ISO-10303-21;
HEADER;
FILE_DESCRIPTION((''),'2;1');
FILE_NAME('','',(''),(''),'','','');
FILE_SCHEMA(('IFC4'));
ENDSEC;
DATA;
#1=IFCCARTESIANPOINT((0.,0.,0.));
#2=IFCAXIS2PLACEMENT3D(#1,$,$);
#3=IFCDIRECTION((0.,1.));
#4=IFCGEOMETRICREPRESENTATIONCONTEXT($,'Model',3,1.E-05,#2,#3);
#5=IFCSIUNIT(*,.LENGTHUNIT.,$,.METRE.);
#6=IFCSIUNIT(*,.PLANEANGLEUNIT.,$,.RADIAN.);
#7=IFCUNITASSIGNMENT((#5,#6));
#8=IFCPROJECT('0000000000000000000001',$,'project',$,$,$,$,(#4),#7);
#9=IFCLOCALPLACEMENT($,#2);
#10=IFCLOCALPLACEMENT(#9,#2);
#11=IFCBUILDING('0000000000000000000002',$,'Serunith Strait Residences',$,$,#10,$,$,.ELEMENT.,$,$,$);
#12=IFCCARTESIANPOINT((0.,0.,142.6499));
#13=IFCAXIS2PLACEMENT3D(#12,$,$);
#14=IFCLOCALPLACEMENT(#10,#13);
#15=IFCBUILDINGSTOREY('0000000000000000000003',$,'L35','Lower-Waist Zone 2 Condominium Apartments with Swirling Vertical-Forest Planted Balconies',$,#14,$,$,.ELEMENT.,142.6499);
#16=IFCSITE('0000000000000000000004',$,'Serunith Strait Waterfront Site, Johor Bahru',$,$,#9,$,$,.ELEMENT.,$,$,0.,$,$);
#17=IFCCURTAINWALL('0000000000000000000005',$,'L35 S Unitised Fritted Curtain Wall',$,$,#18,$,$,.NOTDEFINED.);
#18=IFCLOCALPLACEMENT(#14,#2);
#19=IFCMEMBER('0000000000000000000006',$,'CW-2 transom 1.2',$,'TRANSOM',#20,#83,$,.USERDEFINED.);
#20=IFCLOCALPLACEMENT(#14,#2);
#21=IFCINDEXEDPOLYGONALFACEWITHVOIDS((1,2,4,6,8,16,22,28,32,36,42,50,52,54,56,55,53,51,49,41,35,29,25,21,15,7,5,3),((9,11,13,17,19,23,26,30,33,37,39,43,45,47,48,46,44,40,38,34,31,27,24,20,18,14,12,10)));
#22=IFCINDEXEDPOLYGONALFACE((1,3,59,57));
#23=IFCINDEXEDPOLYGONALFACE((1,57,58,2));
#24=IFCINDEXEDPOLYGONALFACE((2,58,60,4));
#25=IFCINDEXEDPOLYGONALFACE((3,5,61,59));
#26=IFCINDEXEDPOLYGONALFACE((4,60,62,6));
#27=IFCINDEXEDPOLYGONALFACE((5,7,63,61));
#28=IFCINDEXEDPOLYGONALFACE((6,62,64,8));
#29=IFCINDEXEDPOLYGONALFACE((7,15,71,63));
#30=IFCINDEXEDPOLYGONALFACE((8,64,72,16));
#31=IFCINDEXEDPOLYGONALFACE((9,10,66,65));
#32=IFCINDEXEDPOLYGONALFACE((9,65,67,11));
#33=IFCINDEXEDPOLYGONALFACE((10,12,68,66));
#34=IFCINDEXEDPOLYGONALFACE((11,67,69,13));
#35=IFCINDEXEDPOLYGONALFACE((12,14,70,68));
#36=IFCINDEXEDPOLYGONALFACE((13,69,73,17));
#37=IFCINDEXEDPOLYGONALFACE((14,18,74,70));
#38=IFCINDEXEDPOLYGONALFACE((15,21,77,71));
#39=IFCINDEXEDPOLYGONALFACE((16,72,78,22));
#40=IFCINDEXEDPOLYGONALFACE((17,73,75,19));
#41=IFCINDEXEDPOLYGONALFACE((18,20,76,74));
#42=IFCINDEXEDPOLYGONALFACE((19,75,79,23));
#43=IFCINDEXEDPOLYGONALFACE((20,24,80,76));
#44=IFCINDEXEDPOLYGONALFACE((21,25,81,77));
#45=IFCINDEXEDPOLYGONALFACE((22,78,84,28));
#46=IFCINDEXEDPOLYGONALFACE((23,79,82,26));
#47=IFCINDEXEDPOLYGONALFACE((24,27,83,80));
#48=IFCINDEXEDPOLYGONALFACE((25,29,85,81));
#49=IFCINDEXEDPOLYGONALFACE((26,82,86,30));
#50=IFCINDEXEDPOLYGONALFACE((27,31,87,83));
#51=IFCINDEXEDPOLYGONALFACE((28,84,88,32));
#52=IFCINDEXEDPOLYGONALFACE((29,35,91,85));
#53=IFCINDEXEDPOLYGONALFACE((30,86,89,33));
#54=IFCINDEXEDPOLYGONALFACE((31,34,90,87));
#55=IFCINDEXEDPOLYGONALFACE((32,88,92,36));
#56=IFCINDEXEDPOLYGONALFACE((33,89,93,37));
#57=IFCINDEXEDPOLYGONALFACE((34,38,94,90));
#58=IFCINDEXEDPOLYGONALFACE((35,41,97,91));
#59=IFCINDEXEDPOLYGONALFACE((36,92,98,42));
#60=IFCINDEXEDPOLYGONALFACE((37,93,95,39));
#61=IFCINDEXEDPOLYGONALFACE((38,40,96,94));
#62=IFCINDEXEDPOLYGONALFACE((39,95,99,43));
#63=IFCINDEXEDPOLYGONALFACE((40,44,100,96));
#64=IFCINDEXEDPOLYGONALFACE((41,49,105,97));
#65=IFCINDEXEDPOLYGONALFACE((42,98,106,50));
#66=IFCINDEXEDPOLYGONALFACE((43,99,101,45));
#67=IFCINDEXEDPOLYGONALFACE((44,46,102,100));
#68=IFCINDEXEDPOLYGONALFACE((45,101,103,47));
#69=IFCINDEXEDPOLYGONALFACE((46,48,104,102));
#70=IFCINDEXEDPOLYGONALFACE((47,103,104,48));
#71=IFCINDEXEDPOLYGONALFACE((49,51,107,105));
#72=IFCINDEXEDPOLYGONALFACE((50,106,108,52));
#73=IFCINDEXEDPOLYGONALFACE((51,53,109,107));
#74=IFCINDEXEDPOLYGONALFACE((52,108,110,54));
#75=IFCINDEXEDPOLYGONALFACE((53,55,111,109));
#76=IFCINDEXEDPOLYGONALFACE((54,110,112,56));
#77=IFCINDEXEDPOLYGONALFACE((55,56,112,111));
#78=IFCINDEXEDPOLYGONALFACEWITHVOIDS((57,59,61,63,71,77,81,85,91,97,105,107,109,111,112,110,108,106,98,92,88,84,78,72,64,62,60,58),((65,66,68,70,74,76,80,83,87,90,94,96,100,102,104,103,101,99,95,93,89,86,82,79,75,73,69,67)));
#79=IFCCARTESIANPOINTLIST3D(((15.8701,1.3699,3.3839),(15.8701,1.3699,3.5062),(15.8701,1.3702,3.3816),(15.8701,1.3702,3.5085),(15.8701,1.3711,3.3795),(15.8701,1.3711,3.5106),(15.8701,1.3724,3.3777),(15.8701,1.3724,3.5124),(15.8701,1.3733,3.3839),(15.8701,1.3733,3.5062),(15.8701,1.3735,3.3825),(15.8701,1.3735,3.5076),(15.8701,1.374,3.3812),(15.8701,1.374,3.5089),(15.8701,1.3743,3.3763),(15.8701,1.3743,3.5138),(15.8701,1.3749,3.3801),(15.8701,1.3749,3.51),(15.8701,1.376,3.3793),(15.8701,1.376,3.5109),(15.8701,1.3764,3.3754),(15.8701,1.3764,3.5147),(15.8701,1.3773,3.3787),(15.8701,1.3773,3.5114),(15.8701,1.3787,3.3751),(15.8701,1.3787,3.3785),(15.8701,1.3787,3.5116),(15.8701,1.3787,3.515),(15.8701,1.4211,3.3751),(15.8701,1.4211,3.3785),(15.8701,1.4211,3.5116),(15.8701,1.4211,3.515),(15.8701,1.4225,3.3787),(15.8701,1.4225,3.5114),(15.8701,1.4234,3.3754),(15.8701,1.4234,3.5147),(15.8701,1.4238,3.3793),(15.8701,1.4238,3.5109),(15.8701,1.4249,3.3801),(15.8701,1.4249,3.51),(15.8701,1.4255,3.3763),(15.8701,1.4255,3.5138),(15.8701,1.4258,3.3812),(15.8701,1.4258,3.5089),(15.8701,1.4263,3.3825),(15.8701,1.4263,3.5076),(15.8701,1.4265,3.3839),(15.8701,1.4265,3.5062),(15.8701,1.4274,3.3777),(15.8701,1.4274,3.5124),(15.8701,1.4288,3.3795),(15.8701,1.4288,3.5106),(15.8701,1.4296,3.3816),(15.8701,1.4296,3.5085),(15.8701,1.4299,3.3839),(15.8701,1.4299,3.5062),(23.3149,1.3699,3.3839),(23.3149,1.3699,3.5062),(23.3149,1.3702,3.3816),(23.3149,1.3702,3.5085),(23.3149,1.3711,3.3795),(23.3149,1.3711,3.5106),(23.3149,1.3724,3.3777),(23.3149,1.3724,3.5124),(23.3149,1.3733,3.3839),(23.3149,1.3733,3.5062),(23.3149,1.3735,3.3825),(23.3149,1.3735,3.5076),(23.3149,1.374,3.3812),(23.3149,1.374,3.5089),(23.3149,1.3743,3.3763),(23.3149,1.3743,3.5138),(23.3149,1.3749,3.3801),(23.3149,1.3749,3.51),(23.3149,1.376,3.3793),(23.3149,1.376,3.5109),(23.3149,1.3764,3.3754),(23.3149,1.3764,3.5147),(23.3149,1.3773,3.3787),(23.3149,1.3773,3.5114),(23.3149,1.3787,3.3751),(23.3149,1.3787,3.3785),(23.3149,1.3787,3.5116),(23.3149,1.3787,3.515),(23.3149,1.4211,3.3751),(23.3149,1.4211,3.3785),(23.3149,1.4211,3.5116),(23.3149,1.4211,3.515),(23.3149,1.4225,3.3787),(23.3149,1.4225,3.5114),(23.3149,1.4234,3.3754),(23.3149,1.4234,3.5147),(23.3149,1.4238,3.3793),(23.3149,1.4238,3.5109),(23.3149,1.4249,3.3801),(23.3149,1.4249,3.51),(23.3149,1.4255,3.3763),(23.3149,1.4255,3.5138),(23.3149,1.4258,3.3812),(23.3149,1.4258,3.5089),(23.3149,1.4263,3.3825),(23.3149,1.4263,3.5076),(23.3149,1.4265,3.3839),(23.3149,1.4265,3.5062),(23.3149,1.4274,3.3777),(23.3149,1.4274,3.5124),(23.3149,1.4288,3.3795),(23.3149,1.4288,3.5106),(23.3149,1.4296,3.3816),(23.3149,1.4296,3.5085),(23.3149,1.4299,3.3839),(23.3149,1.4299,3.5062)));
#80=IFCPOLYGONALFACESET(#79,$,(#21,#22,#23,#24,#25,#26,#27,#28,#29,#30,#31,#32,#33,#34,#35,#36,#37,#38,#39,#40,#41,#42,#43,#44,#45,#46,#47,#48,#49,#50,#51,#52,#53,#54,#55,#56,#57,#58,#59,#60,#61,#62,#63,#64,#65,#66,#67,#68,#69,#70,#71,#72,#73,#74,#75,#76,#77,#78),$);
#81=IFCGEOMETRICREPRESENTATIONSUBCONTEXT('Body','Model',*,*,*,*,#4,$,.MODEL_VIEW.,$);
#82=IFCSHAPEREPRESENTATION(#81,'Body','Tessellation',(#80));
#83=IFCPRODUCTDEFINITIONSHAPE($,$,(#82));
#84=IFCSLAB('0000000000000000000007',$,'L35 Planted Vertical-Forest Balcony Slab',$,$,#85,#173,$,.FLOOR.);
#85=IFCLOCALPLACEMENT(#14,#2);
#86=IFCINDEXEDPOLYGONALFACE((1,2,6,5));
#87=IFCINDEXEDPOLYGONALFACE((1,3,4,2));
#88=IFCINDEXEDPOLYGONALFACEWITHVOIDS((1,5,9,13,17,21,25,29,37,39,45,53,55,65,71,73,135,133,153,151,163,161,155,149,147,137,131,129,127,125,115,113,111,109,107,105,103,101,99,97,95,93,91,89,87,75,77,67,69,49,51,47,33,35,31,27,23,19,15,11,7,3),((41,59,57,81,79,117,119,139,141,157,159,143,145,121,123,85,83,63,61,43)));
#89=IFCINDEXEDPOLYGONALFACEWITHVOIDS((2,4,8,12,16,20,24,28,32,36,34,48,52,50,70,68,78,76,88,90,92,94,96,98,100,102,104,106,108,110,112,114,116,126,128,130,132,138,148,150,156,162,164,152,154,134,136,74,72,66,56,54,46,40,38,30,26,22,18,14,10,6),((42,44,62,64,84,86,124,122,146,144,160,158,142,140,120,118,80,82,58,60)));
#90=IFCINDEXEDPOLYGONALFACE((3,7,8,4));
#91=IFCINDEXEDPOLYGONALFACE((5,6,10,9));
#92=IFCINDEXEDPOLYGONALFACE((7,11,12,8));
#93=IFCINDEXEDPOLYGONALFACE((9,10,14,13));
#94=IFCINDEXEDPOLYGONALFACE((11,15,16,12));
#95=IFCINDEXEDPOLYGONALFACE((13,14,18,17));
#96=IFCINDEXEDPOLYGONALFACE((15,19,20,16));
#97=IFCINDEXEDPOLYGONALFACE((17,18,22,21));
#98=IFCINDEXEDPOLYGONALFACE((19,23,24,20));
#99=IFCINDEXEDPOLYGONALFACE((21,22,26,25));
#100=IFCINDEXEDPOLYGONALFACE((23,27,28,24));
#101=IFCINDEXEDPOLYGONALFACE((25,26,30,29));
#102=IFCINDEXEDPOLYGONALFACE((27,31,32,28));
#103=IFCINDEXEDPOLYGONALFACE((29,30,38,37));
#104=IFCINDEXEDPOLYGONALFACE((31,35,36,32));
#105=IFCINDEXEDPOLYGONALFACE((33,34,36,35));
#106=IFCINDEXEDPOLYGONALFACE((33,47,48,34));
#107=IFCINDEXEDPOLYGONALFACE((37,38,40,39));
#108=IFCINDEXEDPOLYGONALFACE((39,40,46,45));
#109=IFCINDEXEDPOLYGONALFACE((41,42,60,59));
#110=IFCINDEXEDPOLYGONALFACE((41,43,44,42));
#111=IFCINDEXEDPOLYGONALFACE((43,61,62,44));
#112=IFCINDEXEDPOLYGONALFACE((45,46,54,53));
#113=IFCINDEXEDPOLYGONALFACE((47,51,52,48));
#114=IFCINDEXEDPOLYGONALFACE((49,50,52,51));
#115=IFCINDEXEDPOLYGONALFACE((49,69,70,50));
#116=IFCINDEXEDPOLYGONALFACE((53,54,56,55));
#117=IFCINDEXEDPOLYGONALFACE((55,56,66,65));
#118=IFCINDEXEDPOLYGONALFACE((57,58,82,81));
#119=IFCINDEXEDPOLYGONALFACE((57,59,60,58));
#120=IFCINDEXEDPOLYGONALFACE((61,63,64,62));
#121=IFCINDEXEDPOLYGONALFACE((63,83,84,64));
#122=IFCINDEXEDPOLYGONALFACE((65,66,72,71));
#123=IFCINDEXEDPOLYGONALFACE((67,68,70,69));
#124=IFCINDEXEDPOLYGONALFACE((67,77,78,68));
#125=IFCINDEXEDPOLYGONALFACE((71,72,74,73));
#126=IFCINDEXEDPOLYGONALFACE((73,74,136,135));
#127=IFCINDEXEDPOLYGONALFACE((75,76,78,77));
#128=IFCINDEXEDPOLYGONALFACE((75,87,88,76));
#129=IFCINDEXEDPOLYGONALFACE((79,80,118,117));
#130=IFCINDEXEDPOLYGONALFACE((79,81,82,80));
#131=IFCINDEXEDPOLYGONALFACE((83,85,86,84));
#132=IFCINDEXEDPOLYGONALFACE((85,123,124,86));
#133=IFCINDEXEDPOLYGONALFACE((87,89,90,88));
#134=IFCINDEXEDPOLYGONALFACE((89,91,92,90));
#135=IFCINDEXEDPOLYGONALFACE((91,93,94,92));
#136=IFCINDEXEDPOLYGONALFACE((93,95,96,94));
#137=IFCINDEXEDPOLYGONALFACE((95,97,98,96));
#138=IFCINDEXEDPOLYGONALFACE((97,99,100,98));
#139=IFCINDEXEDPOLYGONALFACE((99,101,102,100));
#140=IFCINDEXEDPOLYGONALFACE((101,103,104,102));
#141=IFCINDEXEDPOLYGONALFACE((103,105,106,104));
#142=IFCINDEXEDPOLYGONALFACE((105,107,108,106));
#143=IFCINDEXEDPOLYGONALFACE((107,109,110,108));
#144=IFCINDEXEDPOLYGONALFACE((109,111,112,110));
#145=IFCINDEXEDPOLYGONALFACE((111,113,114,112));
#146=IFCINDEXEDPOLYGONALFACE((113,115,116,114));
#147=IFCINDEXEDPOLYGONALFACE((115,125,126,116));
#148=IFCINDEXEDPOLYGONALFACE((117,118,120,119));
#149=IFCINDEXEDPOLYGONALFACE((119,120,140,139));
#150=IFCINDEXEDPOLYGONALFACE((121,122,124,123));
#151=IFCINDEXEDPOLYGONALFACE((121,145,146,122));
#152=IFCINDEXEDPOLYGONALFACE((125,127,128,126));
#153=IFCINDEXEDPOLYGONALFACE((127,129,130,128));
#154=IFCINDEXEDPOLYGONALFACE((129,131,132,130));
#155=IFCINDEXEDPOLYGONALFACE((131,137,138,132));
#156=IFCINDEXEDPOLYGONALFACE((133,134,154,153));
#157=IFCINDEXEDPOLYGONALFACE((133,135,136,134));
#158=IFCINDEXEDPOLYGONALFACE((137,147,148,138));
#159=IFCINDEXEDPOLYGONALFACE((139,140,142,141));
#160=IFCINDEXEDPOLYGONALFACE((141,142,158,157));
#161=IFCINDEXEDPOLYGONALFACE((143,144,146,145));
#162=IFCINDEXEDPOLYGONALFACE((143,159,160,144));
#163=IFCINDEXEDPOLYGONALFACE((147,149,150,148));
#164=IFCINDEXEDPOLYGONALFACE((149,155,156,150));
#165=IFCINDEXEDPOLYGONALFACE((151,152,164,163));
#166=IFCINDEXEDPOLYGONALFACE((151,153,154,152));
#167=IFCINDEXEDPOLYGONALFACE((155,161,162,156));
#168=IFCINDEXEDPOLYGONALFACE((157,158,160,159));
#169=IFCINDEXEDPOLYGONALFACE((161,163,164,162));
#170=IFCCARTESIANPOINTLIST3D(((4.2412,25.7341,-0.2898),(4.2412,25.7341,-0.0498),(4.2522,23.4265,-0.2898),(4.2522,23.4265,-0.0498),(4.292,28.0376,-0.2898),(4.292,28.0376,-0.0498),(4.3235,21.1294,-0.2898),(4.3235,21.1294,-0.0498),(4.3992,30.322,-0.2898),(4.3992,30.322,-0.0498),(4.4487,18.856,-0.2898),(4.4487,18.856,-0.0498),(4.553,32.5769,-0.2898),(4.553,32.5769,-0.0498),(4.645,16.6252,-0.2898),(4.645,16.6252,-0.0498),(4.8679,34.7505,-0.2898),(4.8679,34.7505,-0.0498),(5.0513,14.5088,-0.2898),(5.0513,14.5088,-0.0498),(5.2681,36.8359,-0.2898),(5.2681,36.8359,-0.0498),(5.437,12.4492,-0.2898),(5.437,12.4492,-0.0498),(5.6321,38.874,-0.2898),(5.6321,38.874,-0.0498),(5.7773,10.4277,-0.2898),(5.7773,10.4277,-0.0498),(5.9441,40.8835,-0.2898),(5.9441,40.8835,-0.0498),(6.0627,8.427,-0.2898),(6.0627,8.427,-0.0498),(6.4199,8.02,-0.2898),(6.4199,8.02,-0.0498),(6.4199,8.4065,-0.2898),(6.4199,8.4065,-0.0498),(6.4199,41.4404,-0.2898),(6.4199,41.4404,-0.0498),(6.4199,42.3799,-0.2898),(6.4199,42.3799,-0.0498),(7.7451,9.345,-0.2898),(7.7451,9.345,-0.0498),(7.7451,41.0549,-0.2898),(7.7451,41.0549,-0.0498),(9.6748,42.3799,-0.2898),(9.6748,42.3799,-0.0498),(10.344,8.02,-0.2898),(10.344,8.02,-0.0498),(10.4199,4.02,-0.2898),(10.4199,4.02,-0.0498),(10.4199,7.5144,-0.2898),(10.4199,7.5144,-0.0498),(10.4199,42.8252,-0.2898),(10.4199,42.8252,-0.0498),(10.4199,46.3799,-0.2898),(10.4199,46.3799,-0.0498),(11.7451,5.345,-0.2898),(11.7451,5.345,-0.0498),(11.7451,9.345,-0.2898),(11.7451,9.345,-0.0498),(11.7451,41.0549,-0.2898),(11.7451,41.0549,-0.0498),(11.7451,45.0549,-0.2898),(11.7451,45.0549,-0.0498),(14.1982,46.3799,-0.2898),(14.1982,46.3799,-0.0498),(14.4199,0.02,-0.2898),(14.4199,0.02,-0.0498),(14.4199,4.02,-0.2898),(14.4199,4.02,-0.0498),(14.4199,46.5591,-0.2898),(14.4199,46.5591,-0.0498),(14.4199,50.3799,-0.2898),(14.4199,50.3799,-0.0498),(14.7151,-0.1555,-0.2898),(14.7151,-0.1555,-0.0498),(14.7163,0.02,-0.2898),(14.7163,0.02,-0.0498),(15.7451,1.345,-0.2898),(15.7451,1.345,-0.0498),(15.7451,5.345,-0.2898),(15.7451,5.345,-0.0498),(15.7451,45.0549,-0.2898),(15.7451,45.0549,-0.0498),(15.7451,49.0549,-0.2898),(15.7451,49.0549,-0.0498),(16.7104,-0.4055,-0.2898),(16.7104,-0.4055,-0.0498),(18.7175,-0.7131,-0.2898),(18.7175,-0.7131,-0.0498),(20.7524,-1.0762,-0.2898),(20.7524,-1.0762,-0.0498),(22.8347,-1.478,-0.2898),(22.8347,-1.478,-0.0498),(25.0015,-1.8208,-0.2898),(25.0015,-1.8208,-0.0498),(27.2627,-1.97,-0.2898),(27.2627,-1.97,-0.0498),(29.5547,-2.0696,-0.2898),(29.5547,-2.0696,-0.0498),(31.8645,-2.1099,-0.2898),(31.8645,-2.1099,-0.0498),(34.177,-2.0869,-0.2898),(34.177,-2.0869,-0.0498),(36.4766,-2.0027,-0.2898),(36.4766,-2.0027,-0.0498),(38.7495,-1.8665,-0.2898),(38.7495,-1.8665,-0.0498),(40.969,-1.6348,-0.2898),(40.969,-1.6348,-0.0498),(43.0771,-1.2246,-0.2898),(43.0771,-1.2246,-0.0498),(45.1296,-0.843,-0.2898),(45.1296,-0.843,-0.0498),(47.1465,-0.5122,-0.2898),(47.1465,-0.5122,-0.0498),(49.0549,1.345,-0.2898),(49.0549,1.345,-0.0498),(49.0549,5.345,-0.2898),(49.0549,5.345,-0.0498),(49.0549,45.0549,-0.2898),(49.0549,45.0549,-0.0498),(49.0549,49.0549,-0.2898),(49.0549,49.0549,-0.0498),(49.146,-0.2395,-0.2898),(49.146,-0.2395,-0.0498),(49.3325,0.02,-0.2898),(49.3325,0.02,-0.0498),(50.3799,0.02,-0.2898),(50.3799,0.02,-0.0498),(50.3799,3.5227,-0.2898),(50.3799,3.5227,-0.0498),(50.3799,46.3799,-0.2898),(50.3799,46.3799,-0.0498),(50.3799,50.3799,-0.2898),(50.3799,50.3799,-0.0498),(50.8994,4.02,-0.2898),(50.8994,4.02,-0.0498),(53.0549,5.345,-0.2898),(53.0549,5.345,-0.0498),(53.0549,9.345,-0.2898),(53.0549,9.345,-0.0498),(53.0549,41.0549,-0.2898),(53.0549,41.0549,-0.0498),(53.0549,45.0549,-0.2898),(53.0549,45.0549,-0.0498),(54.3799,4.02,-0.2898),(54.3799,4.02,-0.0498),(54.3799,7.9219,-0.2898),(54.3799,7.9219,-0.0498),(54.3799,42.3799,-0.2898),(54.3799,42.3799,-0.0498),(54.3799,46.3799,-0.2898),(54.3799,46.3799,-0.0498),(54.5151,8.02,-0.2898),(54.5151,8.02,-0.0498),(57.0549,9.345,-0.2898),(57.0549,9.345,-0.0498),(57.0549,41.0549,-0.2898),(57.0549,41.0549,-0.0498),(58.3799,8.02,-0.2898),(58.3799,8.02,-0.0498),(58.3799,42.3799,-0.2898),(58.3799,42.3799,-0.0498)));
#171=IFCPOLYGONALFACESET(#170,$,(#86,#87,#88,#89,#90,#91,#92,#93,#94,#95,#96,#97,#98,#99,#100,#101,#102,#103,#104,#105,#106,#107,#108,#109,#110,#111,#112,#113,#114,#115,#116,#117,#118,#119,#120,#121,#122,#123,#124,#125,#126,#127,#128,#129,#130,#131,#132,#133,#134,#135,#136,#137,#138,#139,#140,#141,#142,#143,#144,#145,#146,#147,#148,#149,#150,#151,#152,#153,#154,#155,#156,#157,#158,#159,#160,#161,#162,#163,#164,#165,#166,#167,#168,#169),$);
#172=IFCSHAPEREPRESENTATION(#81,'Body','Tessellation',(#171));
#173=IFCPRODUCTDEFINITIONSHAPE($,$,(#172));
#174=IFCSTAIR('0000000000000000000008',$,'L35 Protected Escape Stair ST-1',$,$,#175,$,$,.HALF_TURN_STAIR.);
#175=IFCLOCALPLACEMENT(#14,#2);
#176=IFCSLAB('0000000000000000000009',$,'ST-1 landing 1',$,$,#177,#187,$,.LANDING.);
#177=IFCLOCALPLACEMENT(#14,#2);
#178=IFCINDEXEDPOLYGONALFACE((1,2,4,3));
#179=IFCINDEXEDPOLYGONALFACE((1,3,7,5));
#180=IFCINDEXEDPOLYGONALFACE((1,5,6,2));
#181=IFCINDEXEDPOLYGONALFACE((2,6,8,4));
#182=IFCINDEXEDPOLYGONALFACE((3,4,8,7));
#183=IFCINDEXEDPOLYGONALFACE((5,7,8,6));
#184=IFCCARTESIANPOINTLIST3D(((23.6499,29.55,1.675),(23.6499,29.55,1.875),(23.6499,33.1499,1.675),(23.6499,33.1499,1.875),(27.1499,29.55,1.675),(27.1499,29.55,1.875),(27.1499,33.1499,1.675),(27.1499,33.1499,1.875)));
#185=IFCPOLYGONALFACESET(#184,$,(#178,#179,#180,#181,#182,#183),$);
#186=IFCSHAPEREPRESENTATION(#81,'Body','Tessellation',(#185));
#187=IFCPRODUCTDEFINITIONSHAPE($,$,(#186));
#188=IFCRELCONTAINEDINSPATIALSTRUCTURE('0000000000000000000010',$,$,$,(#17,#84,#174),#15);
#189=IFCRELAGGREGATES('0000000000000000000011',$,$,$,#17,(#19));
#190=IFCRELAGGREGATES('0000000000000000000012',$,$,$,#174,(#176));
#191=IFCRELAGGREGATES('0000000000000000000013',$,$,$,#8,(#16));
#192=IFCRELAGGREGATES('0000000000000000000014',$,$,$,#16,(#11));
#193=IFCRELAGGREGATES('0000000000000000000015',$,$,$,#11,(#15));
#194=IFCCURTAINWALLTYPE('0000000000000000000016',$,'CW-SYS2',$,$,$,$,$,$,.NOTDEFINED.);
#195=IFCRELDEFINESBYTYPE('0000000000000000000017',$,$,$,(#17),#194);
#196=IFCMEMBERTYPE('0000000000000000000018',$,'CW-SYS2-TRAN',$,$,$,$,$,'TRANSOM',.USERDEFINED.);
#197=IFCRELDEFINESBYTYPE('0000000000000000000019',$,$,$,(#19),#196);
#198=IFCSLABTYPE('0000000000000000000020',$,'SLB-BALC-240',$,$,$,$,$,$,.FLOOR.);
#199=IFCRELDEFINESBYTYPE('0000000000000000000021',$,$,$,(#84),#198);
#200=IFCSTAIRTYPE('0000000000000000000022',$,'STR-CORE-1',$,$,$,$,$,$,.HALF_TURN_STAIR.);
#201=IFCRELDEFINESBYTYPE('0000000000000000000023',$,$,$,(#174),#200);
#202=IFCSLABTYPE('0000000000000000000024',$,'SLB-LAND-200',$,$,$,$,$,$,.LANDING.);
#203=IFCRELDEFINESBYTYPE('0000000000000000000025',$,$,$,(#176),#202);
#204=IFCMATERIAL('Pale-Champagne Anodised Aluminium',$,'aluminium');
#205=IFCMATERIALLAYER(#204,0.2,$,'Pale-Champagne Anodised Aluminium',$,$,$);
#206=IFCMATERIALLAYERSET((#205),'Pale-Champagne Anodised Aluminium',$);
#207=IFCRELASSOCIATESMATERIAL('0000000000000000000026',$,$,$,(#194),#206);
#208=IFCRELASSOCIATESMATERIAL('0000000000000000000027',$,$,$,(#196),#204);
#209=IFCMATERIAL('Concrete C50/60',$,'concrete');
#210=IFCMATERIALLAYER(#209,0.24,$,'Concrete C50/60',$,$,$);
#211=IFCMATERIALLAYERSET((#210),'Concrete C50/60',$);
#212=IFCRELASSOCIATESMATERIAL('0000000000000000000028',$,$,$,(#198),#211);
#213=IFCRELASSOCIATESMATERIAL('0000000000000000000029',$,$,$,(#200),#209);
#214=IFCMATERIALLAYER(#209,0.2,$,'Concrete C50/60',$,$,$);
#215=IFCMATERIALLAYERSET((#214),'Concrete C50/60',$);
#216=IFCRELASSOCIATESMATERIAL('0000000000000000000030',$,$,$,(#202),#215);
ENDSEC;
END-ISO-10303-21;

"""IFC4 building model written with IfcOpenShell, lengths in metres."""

from ifc_helpers import new_model, si_unit, direction, frame, origin, origin_2d, place, context, subcontext, project, spatial, polyline, hollow_rectangle, outline, extrude, source, transform, mapped, material, layer, layer_set, material_profile, profile_set, type_object, element, aggregate, save


model = new_model("IFC4")

# Units and contexts
model_context = context("Model", 3, precision=1e-05, world=origin(), true_north=direction((0.0, 1.0)))
body_context = subcontext(model_context, "Body", "Model", "MODEL_VIEW")
ifc_project = project(units=[si_unit("LENGTHUNIT", "METRE"), si_unit("PLANEANGLEUNIT", "RADIAN")], contexts=[model_context])

# Site, building, storey
site_placement = place(None, origin())
site = spatial("IfcSite", under=ifc_project, at=site_placement, Name="Serunith Strait Waterfront Site, Johor Bahru", CompositionType="ELEMENT", RefElevation=0.0)
building_placement = place(site_placement, origin())
building = spatial("IfcBuilding", under=site, at=building_placement, Name="Serunith Strait Residences", CompositionType="ELEMENT")
storey_placement = place(building_placement, frame((0.0, 0.0, 142.6499)))
storey = spatial("IfcBuildingStorey", under=building, at=storey_placement, Name="L35", Description="Lower-Waist Zone 2 Condominium Apartments with Swirling Vertical-Forest Planted Balconies", CompositionType="ELEMENT", Elevation=142.6499)

# Curtain wall
ifc_material_1 = material(Name="Pale-Champagne Anodised Aluminium", Category="aluminium")
ifc_layer_1 = layer(ifc_material_1, 0.2, Name="Pale-Champagne Anodised Aluminium")
ifc_layer_set_1 = layer_set([ifc_layer_1], Name="Pale-Champagne Anodised Aluminium")
curtain_wall_type = type_object("IfcCurtainWallType", Name="CW-SYS2", PredefinedType="NOTDEFINED", material=ifc_layer_set_1)
curtain_wall_1_placement = place(storey_placement, origin())
curtain_wall_1 = element("IfcCurtainWall", 1, at=curtain_wall_1_placement, inside=storey, type_object=curtain_wall_type, Name="L35 S Unitised Fritted Curtain Wall", PredefinedType="NOTDEFINED")

# Member
ifc_material_profile_1 = material_profile(ifc_material_1, hollow_rectangle(XDim=0.0601, YDim=0.1399, WallThickness=0.0034, InnerFilletRadius=0.0054, OuterFilletRadius=0.0088, at=origin_2d()), Name="ALU 140x60x3.5")
ifc_profile_set_1 = profile_set([ifc_material_profile_1], Name="Pale-Champagne Anodised Aluminium")
member_type_1 = type_object("IfcMemberType", Name="CW-SYS2-TRAN", ElementType="TRANSOM", PredefinedType="USERDEFINED", material=ifc_profile_set_1)
shared_shape_1 = source(origin(), body_context, "Body", "SweptSolid", [
    extrude(hollow_rectangle(XDim=0.0601, YDim=0.1399, WallThickness=0.0034, InnerFilletRadius=0.0054, OuterFilletRadius=0.0088, at=origin_2d()), origin(), (0.0, 0.0, 1.0), 7.4448),
])
member_1_placement = place(storey_placement, frame((15.8701, 1.3999, 3.4451), z_axis=(1.0, 0.0, 0.0), x_axis=(0.0, 1.0, 0.0)))
member_1 = element("IfcMember", 2, at=member_1_placement, type_object=member_type_1, Name="CW-2 transom 1.2", ObjectType="TRANSOM", PredefinedType="USERDEFINED", context=body_context, shape_type="MappedRepresentation", body=[
    mapped(shared_shape_1, transform((0.0, 0.0, 0.0), scale=1.0)),
])
aggregate(curtain_wall_1, [member_1])

# Slab
ifc_material_2 = material(Name="Concrete C50/60", Category="concrete")
ifc_layer_2 = layer(ifc_material_2, 0.24, Name="Concrete C50/60")
ifc_layer_set_2 = layer_set([ifc_layer_2], Name="Concrete C50/60")
slab_type_1 = type_object("IfcSlabType", Name="SLB-BALC-240", PredefinedType="FLOOR", material=ifc_layer_set_2)
slab_1_placement = place(storey_placement, frame((0.0, 0.0, -0.2898)))
element("IfcSlab", 3, at=slab_1_placement, inside=storey, type_object=slab_type_1, Name="L35 Planted Vertical-Forest Balcony Slab", PredefinedType="FLOOR", context=body_context, shape_type="SweptSolid", body=[
    extrude(outline(polyline([(14.4199, 0.02), (14.4199, 4.02), (10.4199, 4.02), (10.4199, 7.5144), (10.344, 8.02), (6.4199, 8.02), (6.4199, 8.4065), (6.0627, 8.427), (5.7773, 10.4277), (5.437, 12.4492), (5.0513, 14.5088), (4.645, 16.6252), (4.4487, 18.856), (4.3235, 21.1294), (4.2522, 23.4265), (4.2412, 25.7341), (4.292, 28.0376), (4.3992, 30.322), (4.553, 32.5769), (4.8679, 34.7505), (5.2681, 36.8359), (5.6321, 38.874), (5.9441, 40.8835), (6.4199, 41.4404), (6.4199, 42.3799), (9.6748, 42.3799), (10.4199, 42.8252), (10.4199, 46.3799), (14.1982, 46.3799), (14.4199, 46.5591), (14.4199, 50.3799), (50.3799, 50.3799), (50.3799, 46.3799), (54.3799, 46.3799), (54.3799, 42.3799), (58.3799, 42.3799), (58.3799, 8.02), (54.5151, 8.02), (54.3799, 7.9219), (54.3799, 4.02), (50.8994, 4.02), (50.3799, 3.5227), (50.3799, 0.02), (49.3325, 0.02), (49.146, -0.2395), (47.1465, -0.5122), (45.1296, -0.843), (43.0771, -1.2246), (40.969, -1.6348), (38.7495, -1.8665), (36.4766, -2.0027), (34.177, -2.0869), (31.8645, -2.1099), (29.5547, -2.0696), (27.2627, -1.97), (25.0015, -1.8208), (22.8347, -1.478), (20.7524, -1.0762), (18.7175, -0.7131), (16.7104, -0.4055), (14.7151, -0.1555), (14.7163, 0.02), (14.4199, 0.02)]), holes=[polyline([(49.0549, 1.345), (49.0549, 5.345), (53.0549, 5.345), (53.0549, 9.345), (57.0549, 9.345), (57.0549, 41.0549), (53.0549, 41.0549), (53.0549, 45.0549), (49.0549, 45.0549), (49.0549, 49.0549), (15.7451, 49.0549), (15.7451, 45.0549), (11.7451, 45.0549), (11.7451, 41.0549), (7.7451, 41.0549), (7.7451, 9.345), (11.7451, 9.345), (11.7451, 5.345), (15.7451, 5.345), (15.7451, 1.345), (49.0549, 1.345)])]), origin(), (0.0, 0.0, 1.0), 0.24),
])

# Stair, slab
stair_type_1 = type_object("IfcStairType", Name="STR-CORE-1", PredefinedType="HALF_TURN_STAIR", material=ifc_material_2)
stair_1_placement = place(storey_placement, origin())
stair_1 = element("IfcStair", 4, at=stair_1_placement, inside=storey, type_object=stair_type_1, Name="L35 Protected Escape Stair ST-1", PredefinedType="HALF_TURN_STAIR")
ifc_layer_3 = layer(ifc_material_2, 0.2, Name="Concrete C50/60")
ifc_layer_set_3 = layer_set([ifc_layer_3], Name="Concrete C50/60")
slab_type_2 = type_object("IfcSlabType", Name="SLB-LAND-200", PredefinedType="LANDING", material=ifc_layer_set_3)
slab_2_placement = place(storey_placement, frame((0.0, 0.0, 1.675)))
slab_2 = element("IfcSlab", 5, at=slab_2_placement, type_object=slab_type_2, Name="ST-1 landing 1", PredefinedType="LANDING", context=body_context, shape_type="SweptSolid", body=[
    extrude(outline(polyline([(27.1499, 29.55), (27.1499, 33.1499), (23.6499, 33.1499), (23.6499, 29.55), (27.1499, 29.55)])), origin(), (0.0, 0.0, 1.0), 0.2),
])
aggregate(stair_1, [slab_2])

save(model, "model.ifc")
